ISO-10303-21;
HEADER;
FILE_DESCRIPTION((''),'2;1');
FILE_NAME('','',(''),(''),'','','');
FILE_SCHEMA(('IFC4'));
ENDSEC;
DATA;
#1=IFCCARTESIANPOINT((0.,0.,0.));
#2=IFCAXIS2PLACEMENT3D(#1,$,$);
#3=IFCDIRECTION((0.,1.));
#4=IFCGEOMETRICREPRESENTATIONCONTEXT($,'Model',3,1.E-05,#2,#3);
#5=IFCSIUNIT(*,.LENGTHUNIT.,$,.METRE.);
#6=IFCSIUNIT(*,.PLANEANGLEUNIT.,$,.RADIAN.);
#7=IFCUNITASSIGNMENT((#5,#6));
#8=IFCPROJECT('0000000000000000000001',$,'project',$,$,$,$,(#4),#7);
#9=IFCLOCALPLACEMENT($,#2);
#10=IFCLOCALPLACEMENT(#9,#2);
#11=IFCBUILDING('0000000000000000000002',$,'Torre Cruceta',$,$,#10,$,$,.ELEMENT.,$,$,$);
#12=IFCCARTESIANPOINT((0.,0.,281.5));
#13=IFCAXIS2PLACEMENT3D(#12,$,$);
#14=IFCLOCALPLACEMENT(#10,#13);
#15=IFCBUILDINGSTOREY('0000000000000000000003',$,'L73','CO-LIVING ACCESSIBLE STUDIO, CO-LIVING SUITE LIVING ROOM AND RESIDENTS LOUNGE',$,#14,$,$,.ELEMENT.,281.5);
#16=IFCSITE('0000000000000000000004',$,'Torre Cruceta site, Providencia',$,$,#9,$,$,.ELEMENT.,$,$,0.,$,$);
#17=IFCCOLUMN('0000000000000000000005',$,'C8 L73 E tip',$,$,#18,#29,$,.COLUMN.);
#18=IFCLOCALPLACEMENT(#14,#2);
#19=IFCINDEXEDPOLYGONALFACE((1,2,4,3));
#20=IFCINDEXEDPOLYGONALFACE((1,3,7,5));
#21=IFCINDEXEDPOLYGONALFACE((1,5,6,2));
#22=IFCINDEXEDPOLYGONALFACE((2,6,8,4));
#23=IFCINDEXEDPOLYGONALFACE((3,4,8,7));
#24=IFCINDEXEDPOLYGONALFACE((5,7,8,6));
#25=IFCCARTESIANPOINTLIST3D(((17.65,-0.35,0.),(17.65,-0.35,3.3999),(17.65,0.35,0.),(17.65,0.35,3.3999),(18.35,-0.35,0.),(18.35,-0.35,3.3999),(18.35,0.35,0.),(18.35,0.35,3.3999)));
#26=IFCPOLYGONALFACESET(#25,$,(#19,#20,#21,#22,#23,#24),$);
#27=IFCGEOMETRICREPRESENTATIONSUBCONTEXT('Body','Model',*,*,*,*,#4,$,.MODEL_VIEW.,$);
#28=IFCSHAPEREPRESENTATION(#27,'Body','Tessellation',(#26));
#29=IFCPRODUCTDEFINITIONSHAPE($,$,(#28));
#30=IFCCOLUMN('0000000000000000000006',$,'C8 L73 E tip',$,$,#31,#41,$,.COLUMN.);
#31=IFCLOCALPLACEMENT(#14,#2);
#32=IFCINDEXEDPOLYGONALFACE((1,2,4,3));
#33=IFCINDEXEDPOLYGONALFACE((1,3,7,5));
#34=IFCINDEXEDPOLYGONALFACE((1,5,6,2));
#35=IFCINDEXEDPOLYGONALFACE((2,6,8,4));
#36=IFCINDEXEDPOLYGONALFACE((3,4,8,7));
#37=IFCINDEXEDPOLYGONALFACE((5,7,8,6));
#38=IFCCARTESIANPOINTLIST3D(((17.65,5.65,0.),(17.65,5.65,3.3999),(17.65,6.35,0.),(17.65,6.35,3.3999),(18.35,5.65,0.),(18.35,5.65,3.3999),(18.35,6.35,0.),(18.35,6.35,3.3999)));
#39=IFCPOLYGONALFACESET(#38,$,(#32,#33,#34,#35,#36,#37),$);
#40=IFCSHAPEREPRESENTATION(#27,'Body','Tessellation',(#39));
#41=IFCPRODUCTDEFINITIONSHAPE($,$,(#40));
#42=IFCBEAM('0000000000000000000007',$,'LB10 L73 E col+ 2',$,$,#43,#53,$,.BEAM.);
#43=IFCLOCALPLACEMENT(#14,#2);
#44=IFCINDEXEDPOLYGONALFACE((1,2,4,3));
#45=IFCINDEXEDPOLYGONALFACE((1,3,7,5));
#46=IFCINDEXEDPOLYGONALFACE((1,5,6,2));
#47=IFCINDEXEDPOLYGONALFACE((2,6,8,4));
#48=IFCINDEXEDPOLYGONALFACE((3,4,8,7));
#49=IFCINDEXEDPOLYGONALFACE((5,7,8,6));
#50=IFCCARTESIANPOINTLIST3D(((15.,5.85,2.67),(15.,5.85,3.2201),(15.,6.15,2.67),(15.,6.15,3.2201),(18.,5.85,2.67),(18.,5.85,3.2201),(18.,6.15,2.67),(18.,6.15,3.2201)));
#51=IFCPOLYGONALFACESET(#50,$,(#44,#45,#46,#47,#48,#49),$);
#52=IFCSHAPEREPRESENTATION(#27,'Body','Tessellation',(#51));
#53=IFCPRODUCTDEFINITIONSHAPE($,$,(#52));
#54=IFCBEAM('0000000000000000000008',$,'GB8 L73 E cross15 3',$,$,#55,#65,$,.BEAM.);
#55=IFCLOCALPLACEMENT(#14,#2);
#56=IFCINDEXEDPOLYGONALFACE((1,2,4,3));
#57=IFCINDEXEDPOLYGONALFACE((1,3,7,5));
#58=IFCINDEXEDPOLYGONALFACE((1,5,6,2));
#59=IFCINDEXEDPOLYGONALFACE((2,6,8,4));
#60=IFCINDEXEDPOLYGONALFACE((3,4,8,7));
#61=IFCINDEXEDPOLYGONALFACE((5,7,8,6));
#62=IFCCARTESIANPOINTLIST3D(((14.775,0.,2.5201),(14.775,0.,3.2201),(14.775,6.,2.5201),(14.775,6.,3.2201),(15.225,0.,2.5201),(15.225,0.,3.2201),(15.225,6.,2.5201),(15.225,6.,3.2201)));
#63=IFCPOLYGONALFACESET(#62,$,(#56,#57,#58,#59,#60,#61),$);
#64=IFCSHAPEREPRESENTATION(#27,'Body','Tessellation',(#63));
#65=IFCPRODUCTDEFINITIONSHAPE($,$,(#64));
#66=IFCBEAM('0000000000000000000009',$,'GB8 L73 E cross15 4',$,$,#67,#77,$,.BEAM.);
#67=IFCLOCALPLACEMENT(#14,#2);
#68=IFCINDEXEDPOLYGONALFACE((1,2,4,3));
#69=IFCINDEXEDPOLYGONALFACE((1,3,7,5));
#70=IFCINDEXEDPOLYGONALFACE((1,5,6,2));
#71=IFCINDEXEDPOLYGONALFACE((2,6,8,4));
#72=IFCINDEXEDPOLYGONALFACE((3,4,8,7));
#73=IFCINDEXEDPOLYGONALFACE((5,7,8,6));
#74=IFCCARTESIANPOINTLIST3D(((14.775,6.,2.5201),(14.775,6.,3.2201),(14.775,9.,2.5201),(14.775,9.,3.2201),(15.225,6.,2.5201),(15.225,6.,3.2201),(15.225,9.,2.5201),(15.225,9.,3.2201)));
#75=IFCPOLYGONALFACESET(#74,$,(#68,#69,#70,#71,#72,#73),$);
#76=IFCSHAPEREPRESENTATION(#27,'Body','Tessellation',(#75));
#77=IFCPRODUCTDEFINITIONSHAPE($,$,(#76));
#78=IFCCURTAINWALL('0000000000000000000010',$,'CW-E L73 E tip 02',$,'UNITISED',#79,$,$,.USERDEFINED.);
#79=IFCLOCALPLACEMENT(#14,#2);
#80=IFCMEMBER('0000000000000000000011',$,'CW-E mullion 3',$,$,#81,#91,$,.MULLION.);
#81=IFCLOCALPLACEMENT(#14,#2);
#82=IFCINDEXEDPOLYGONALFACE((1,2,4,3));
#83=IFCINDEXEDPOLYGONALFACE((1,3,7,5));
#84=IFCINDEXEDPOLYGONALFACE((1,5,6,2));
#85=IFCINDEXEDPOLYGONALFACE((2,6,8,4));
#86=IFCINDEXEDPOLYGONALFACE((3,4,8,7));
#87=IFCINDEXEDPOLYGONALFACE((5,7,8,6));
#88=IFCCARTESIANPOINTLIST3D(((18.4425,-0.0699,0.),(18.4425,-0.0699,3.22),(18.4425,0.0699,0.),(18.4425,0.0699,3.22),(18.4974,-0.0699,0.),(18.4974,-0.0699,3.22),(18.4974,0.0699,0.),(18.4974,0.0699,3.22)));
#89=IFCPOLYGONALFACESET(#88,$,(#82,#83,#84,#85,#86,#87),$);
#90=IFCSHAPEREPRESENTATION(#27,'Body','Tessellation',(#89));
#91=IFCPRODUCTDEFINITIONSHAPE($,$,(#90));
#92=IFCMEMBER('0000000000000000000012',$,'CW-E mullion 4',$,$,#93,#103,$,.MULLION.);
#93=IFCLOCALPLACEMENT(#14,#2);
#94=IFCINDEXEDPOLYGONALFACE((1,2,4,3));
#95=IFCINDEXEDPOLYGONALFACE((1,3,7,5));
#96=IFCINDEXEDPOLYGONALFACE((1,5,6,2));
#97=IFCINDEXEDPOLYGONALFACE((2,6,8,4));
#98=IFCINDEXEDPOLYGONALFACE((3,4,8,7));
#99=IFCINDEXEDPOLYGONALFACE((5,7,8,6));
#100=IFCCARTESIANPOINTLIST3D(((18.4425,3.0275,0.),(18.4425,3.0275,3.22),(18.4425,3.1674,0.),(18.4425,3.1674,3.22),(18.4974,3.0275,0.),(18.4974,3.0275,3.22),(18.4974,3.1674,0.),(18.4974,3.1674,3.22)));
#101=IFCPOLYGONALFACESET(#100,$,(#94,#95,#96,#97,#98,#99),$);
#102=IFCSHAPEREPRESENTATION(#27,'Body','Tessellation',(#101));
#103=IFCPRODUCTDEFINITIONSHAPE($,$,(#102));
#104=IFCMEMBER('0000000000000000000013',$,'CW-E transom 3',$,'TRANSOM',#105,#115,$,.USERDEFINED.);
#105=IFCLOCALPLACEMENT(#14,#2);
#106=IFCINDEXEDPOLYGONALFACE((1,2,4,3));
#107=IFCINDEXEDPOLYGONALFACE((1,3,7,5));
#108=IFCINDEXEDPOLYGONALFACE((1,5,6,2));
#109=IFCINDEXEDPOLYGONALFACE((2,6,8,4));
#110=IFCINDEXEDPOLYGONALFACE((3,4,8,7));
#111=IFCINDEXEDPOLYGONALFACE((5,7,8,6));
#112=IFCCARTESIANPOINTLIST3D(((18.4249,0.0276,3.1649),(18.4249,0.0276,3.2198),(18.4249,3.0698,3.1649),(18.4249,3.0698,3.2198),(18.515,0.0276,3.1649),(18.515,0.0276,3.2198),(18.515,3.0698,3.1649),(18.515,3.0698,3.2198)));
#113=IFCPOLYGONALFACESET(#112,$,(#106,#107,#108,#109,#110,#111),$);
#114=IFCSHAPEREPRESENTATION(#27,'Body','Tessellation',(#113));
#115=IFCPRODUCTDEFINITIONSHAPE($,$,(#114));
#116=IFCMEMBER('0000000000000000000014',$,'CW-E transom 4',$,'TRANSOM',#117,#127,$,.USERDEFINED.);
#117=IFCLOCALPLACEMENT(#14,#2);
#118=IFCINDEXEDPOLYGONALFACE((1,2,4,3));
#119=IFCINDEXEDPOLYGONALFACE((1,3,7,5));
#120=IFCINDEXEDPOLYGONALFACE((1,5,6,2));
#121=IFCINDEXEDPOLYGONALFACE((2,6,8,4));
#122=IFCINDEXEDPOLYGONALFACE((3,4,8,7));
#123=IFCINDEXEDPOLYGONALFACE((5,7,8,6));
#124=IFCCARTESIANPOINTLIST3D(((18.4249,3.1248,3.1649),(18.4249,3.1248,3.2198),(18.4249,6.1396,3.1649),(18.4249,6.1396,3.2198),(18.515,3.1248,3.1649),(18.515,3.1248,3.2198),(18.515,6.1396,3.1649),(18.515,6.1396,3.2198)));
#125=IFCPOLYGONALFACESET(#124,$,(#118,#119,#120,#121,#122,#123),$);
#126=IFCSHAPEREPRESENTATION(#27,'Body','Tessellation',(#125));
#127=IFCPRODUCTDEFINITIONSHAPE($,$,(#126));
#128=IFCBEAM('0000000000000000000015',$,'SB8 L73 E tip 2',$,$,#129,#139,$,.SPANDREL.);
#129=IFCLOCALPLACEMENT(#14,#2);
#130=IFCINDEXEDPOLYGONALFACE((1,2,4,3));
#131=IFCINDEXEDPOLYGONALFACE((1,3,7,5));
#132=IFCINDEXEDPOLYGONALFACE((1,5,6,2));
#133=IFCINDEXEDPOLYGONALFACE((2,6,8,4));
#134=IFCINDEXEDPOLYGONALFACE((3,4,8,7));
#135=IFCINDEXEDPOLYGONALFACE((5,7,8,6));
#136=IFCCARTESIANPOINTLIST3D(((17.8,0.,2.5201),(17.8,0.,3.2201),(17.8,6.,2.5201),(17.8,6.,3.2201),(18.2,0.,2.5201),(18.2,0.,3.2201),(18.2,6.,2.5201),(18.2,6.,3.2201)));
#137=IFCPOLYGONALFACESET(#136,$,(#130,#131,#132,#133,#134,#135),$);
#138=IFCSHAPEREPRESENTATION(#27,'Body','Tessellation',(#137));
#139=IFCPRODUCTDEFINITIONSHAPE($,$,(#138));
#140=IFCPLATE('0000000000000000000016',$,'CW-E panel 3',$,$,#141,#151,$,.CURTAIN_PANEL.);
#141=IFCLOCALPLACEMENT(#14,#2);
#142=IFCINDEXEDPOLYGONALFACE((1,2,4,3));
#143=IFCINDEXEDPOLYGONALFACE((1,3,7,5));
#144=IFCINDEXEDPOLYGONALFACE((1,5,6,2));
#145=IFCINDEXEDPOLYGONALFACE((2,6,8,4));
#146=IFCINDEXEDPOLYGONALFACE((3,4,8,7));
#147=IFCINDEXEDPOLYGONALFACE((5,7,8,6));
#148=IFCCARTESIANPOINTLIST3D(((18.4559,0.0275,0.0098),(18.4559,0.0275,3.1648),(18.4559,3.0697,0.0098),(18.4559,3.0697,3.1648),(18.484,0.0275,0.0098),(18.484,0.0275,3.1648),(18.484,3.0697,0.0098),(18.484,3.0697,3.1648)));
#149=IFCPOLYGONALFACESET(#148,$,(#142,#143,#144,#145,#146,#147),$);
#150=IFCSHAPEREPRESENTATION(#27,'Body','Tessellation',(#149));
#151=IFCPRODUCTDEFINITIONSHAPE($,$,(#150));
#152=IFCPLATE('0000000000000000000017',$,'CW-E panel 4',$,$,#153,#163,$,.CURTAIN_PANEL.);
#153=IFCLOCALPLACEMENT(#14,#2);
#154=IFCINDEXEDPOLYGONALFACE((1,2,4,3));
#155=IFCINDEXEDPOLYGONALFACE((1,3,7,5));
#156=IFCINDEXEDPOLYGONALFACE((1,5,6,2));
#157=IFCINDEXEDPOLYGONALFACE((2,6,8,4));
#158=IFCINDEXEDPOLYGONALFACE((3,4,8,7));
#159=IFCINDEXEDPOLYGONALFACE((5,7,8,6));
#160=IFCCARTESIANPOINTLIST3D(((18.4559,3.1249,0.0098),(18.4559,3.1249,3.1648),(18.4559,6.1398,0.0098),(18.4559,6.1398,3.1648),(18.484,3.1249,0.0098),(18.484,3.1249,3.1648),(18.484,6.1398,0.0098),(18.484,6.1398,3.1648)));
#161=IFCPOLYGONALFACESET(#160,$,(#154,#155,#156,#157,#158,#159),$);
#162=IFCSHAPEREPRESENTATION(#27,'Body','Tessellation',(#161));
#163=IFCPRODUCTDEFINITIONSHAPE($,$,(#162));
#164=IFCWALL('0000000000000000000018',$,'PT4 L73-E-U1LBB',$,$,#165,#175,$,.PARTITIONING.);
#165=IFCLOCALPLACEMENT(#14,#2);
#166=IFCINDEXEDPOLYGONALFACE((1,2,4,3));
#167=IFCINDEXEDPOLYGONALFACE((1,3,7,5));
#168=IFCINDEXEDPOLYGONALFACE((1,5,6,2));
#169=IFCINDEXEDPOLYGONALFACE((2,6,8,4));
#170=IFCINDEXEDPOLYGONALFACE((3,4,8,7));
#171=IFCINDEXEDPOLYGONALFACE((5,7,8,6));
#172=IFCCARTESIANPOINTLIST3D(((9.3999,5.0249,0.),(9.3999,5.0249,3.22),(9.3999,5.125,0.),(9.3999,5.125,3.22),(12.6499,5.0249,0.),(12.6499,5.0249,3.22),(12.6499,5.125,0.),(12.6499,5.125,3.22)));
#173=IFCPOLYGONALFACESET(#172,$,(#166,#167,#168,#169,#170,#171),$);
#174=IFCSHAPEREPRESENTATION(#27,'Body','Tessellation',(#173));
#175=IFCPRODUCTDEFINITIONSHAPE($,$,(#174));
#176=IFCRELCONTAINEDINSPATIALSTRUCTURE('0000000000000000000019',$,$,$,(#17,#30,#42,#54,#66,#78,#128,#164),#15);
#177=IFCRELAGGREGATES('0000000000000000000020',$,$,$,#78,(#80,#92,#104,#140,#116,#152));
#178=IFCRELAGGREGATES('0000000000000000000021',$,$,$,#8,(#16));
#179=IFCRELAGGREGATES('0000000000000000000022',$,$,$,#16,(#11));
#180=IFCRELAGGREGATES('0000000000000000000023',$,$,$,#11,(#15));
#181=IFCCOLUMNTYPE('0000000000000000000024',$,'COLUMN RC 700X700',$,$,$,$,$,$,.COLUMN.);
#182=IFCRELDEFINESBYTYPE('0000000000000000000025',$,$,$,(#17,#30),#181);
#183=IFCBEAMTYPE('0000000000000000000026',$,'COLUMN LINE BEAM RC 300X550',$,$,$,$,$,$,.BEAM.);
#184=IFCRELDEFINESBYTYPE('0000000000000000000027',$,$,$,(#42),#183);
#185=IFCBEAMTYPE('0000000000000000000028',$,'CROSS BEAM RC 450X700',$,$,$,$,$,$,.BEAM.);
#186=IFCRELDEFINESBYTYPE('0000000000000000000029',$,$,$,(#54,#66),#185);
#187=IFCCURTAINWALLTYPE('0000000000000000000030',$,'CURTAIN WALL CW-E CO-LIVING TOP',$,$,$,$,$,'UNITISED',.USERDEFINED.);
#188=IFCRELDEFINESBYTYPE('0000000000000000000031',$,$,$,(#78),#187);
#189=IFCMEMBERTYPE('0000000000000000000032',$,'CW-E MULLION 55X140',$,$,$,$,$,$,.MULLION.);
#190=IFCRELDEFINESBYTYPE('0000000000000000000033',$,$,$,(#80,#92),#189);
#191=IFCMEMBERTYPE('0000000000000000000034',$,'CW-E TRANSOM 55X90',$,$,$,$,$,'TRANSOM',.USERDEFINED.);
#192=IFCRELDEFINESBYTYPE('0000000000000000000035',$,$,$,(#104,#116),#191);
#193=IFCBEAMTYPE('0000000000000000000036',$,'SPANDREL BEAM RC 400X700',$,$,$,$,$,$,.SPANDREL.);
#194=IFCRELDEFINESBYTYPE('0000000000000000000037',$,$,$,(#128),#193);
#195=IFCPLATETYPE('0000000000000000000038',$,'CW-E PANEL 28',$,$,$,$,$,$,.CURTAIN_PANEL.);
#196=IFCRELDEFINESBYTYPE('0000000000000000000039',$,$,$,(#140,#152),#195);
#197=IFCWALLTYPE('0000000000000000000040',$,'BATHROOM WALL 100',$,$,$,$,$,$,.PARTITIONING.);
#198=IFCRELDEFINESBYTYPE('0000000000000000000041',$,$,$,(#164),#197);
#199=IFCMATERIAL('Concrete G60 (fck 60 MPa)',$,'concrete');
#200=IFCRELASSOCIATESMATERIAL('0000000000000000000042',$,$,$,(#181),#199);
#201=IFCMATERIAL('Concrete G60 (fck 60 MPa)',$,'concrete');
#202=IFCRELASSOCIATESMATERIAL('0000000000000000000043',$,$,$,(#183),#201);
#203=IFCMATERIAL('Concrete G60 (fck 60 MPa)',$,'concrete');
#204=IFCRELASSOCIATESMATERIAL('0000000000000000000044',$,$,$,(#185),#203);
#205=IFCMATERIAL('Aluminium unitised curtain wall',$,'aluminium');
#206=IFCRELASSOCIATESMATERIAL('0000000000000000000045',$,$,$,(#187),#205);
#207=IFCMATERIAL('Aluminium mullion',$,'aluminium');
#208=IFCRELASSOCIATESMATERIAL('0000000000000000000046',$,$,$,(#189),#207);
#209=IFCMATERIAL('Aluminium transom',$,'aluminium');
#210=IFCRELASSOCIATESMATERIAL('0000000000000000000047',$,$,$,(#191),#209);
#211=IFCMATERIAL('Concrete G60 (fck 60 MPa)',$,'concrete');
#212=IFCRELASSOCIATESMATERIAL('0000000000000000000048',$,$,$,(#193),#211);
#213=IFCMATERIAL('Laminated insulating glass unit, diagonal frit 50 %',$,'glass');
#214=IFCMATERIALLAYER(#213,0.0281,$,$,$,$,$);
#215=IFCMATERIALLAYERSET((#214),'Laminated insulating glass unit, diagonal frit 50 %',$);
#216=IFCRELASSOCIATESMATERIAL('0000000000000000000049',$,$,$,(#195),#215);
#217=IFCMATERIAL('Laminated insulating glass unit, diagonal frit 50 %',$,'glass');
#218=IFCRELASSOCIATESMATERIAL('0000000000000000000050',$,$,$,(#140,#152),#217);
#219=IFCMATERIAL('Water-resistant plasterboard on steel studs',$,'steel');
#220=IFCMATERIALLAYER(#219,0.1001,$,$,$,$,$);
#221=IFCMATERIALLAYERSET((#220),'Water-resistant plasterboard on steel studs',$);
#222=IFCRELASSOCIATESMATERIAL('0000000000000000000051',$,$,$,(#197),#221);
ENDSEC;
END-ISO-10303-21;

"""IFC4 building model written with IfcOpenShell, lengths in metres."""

from ifc_helpers import new_model, si_unit, direction, frame, frame_2d, origin, origin_2d, place, context, subcontext, project, spatial, rectangle, extrude, material, layer, layer_set, material_profile, profile_set, type_object, element, aggregate, save


model = new_model("IFC4")

# Units and contexts
model_context = context("Model", 3, precision=1e-05, world=origin(), true_north=direction((0.0, 1.0)))
body_context = subcontext(model_context, "Body", "Model", "MODEL_VIEW")
ifc_project = project(units=[si_unit("LENGTHUNIT", "METRE"), si_unit("PLANEANGLEUNIT", "RADIAN")], contexts=[model_context])

# Site, building, storey
site_placement = place(None, origin())
site = spatial("IfcSite", under=ifc_project, at=site_placement, Name="Torre Cruceta site, Providencia", CompositionType="ELEMENT", RefElevation=0.0)
building_placement = place(site_placement, origin())
building = spatial("IfcBuilding", under=site, at=building_placement, Name="Torre Cruceta", CompositionType="ELEMENT")
storey_placement = place(building_placement, frame((0.0, 0.0, 281.5)))
storey = spatial("IfcBuildingStorey", under=building, at=storey_placement, Name="L73", Description="CO-LIVING ACCESSIBLE STUDIO, CO-LIVING SUITE LIVING ROOM AND RESIDENTS LOUNGE", CompositionType="ELEMENT", Elevation=281.5)

# Columns
ifc_material_1 = material(Name="Concrete G60 (fck 60 MPa)", Category="concrete")
ifc_material_profile_1 = material_profile(ifc_material_1, rectangle(XDim=0.7, YDim=0.7, at=origin_2d()), Name="RC 700X700")
ifc_profile_set_1 = profile_set([ifc_material_profile_1], Name="Concrete G60 (fck 60 MPa)")
column_type = type_object("IfcColumnType", Name="COLUMN RC 700X700", PredefinedType="COLUMN", material=ifc_profile_set_1)
for number, where, z_axis, x_axis, name in (
    (1, (18.0, 0.0, 0.0), (0.0, 0.0, 1.0), (1.0, 0.0, 0.0), "C8 L73 E tip"),
    (2, (18.0, 6.0, 0.0), (0.0, 0.0, 1.0), (1.0, 0.0, 0.0), "C8 L73 E tip"),
):
    element("IfcColumn", number, at=place(storey_placement, frame(where, z_axis=z_axis, x_axis=x_axis)), inside=storey, type_object=column_type, Name=name, PredefinedType="COLUMN", context=body_context, shape_type="SweptSolid", body=[
        extrude(rectangle(XDim=0.7, YDim=0.7, at=origin_2d()), origin(), (0.0, 0.0, 1.0), 3.3999),
    ])

# Beams
ifc_material_2 = material(Name="Concrete G60 (fck 60 MPa)", Category="concrete")
ifc_material_profile_2 = material_profile(ifc_material_2, rectangle(XDim=0.3, YDim=0.55, at=origin_2d()), Name="RC 300X550")
ifc_profile_set_2 = profile_set([ifc_material_profile_2], Name="Concrete G60 (fck 60 MPa)")
beam_type_1 = type_object("IfcBeamType", Name="COLUMN LINE BEAM RC 300X550", PredefinedType="BEAM", material=ifc_profile_set_2)
beam_1_placement = place(storey_placement, frame((15.0, 6.0, 2.9451), z_axis=(1.0, 0.0, 0.0), x_axis=(0.0, 1.0, 0.0)))
element("IfcBeam", 3, at=beam_1_placement, inside=storey, type_object=beam_type_1, Name="LB10 L73 E col+ 2", PredefinedType="BEAM", context=body_context, shape_type="SweptSolid", body=[
    extrude(rectangle(XDim=0.3, YDim=0.55, at=origin_2d()), origin(), (0.0, 0.0, 1.0), 3.0),
])
ifc_material_3 = material(Name="Concrete G60 (fck 60 MPa)", Category="concrete")
ifc_material_profile_3 = material_profile(ifc_material_3, rectangle(XDim=0.45, YDim=0.7, at=origin_2d()), Name="RC 450X700")
ifc_profile_set_3 = profile_set([ifc_material_profile_3], Name="Concrete G60 (fck 60 MPa)")
beam_type_2 = type_object("IfcBeamType", Name="CROSS BEAM RC 450X700", PredefinedType="BEAM", material=ifc_profile_set_3)
beam_2_placement = place(storey_placement, frame((15.0, 0.0, 2.8701), z_axis=(0.0, 1.0, 0.0), x_axis=(-1.0, 0.0, 0.0)))
element("IfcBeam", 4, at=beam_2_placement, inside=storey, type_object=beam_type_2, Name="GB8 L73 E cross15 3", PredefinedType="BEAM", context=body_context, shape_type="SweptSolid", body=[
    extrude(rectangle(XDim=0.45, YDim=0.7, at=origin_2d()), origin(), (0.0, 0.0, 1.0), 6.0),
])
beam_3_placement = place(storey_placement, frame((15.0, 6.0, 2.8701), z_axis=(0.0, 1.0, 0.0), x_axis=(-1.0, 0.0, 0.0)))
element("IfcBeam", 5, at=beam_3_placement, inside=storey, type_object=beam_type_2, Name="GB8 L73 E cross15 4", PredefinedType="BEAM", context=body_context, shape_type="SweptSolid", body=[
    extrude(rectangle(XDim=0.45, YDim=0.7, at=origin_2d()), origin(), (0.0, 0.0, 1.0), 3.0),
])

# Curtain wall, members
ifc_material_4 = material(Name="Aluminium unitised curtain wall", Category="aluminium")
curtain_wall_type = type_object("IfcCurtainWallType", Name="CURTAIN WALL CW-E CO-LIVING TOP", ElementType="UNITISED", PredefinedType="USERDEFINED", material=ifc_material_4)
curtain_wall_placement = place(storey_placement, origin())
curtain_wall = element("IfcCurtainWall", 6, at=curtain_wall_placement, inside=storey, type_object=curtain_wall_type, Name="CW-E L73 E tip 02", ObjectType="UNITISED", PredefinedType="USERDEFINED")
ifc_material_5 = material(Name="Aluminium mullion", Category="aluminium")
ifc_material_profile_4 = material_profile(ifc_material_5, rectangle(XDim=0.0549, YDim=0.1399, at=origin_2d()), Name="AL 55X140")
ifc_profile_set_4 = profile_set([ifc_material_profile_4], Name="Aluminium mullion")
member_type_1 = type_object("IfcMemberType", Name="CW-E MULLION 55X140", PredefinedType="MULLION", material=ifc_profile_set_4)
member_1_placement = place(storey_placement, frame((18.47, 0.0, 0.0), z_axis=(0.0, 0.0, 1.0), x_axis=(-1.0, 0.0, 0.0)))
member_1 = element("IfcMember", 7, at=member_1_placement, type_object=member_type_1, Name="CW-E mullion 3", PredefinedType="MULLION", context=body_context, shape_type="SweptSolid", body=[
    extrude(rectangle(XDim=0.0549, YDim=0.1399, at=origin_2d()), origin(), (0.0, 0.0, 1.0), 3.22),
])
member_2_placement = place(storey_placement, frame((18.47, 3.0974, 0.0), z_axis=(0.0, 0.0, 1.0), x_axis=(-1.0, 0.0, 0.0)))
member_2 = element("IfcMember", 8, at=member_2_placement, type_object=member_type_1, Name="CW-E mullion 4", PredefinedType="MULLION", context=body_context, shape_type="SweptSolid", body=[
    extrude(rectangle(XDim=0.0549, YDim=0.1399, at=origin_2d()), origin(), (0.0, 0.0, 1.0), 3.22),
])
ifc_material_6 = material(Name="Aluminium transom", Category="aluminium")
ifc_material_profile_5 = material_profile(ifc_material_6, rectangle(XDim=0.0901, YDim=0.0549, at=origin_2d()), Name="AL 90X55")
ifc_profile_set_5 = profile_set([ifc_material_profile_5], Name="Aluminium transom")
member_type_2 = type_object("IfcMemberType", Name="CW-E TRANSOM 55X90", ElementType="TRANSOM", PredefinedType="USERDEFINED", material=ifc_profile_set_5)
member_3_placement = place(storey_placement, frame((18.47, 0.0276, 3.1924), z_axis=(0.0, 1.0, 0.0), x_axis=(-1.0, 0.0, 0.0)))
member_3 = element("IfcMember", 9, at=member_3_placement, type_object=member_type_2, Name="CW-E transom 3", ObjectType="TRANSOM", PredefinedType="USERDEFINED", context=body_context, shape_type="SweptSolid", body=[
    extrude(rectangle(XDim=0.0901, YDim=0.0549, at=origin_2d()), origin(), (0.0, 0.0, 1.0), 3.0422),
])
member_4_placement = place(storey_placement, frame((18.47, 3.1248, 3.1924), z_axis=(0.0, 1.0, 0.0), x_axis=(-1.0, 0.0, 0.0)))
member_4 = element("IfcMember", 10, at=member_4_placement, type_object=member_type_2, Name="CW-E transom 4", ObjectType="TRANSOM", PredefinedType="USERDEFINED", context=body_context, shape_type="SweptSolid", body=[
    extrude(rectangle(XDim=0.0901, YDim=0.0549, at=origin_2d()), origin(), (0.0, 0.0, 1.0), 3.0149),
])

# Beam
ifc_material_7 = material(Name="Concrete G60 (fck 60 MPa)", Category="concrete")
ifc_material_profile_6 = material_profile(ifc_material_7, rectangle(XDim=0.3999, YDim=0.7, at=origin_2d()), Name="RC 400X700")
ifc_profile_set_6 = profile_set([ifc_material_profile_6], Name="Concrete G60 (fck 60 MPa)")
beam_type_3 = type_object("IfcBeamType", Name="SPANDREL BEAM RC 400X700", PredefinedType="SPANDREL", material=ifc_profile_set_6)
beam_4_placement = place(storey_placement, frame((18.0, 0.0, 2.8701), z_axis=(0.0, 1.0, 0.0), x_axis=(-1.0, 0.0, 0.0)))
element("IfcBeam", 11, at=beam_4_placement, inside=storey, type_object=beam_type_3, Name="SB8 L73 E tip 2", PredefinedType="SPANDREL", context=body_context, shape_type="SweptSolid", body=[
    extrude(rectangle(XDim=0.3999, YDim=0.7, at=origin_2d()), origin(), (0.0, 0.0, 1.0), 6.0),
])

# Plates
ifc_material_8 = material(Name="Laminated insulating glass unit, diagonal frit 50 %", Category="glass")
ifc_material_9 = material(Name="Laminated insulating glass unit, diagonal frit 50 %", Category="glass")
ifc_layer_1 = layer(ifc_material_9, 0.0281)
ifc_layer_set_1 = layer_set([ifc_layer_1], Name="Laminated insulating glass unit, diagonal frit 50 %")
plate_type = type_object("IfcPlateType", Name="CW-E PANEL 28", PredefinedType="CURTAIN_PANEL", material=ifc_layer_set_1)
plate_1_placement = place(storey_placement, frame((18.47, 1.5486, 0.0098), z_axis=(0.0, 0.0, 1.0), x_axis=(0.0, 1.0, 0.0)))
plate_1 = element("IfcPlate", 12, at=plate_1_placement, type_object=plate_type, material=ifc_material_8, Name="CW-E panel 3", PredefinedType="CURTAIN_PANEL", context=body_context, shape_type="SweptSolid", body=[
    extrude(rectangle(XDim=3.0422, YDim=0.0281, at=origin_2d()), origin(), (0.0, 0.0, 1.0), 3.155),
])
plate_2_placement = place(storey_placement, frame((18.47, 4.6323, 0.0098), z_axis=(0.0, 0.0, 1.0), x_axis=(0.0, 1.0, 0.0)))
plate_2 = element("IfcPlate", 13, at=plate_2_placement, type_object=plate_type, material=ifc_material_8, Name="CW-E panel 4", PredefinedType="CURTAIN_PANEL", context=body_context, shape_type="SweptSolid", body=[
    extrude(rectangle(XDim=3.0149, YDim=0.0281, at=origin_2d()), origin(), (0.0, 0.0, 1.0), 3.155),
])
aggregate(curtain_wall, [member_1, member_2, member_3, plate_1, member_4, plate_2])

# Wall
ifc_material_10 = material(Name="Water-resistant plasterboard on steel studs", Category="steel")
ifc_layer_2 = layer(ifc_material_10, 0.1001)
ifc_layer_set_2 = layer_set([ifc_layer_2], Name="Water-resistant plasterboard on steel studs")
wall_type_1 = type_object("IfcWallType", Name="BATHROOM WALL 100", PredefinedType="PARTITIONING", material=ifc_layer_set_2)
wall_1_placement = place(storey_placement, frame((9.3999, 5.075, 0.0), z_axis=(0.0, 0.0, 1.0), x_axis=(1.0, 0.0, 0.0)))
element("IfcWall", 14, at=wall_1_placement, inside=storey, type_object=wall_type_1, Name="PT4 L73-E-U1LBB", PredefinedType="PARTITIONING", context=body_context, shape_type="SweptSolid", body=[
    extrude(rectangle(XDim=3.25, YDim=0.1001, at=frame_2d((1.625, 0.0))), origin(), (0.0, 0.0, 1.0), 3.22),
])

save(model, "model.ifc")
